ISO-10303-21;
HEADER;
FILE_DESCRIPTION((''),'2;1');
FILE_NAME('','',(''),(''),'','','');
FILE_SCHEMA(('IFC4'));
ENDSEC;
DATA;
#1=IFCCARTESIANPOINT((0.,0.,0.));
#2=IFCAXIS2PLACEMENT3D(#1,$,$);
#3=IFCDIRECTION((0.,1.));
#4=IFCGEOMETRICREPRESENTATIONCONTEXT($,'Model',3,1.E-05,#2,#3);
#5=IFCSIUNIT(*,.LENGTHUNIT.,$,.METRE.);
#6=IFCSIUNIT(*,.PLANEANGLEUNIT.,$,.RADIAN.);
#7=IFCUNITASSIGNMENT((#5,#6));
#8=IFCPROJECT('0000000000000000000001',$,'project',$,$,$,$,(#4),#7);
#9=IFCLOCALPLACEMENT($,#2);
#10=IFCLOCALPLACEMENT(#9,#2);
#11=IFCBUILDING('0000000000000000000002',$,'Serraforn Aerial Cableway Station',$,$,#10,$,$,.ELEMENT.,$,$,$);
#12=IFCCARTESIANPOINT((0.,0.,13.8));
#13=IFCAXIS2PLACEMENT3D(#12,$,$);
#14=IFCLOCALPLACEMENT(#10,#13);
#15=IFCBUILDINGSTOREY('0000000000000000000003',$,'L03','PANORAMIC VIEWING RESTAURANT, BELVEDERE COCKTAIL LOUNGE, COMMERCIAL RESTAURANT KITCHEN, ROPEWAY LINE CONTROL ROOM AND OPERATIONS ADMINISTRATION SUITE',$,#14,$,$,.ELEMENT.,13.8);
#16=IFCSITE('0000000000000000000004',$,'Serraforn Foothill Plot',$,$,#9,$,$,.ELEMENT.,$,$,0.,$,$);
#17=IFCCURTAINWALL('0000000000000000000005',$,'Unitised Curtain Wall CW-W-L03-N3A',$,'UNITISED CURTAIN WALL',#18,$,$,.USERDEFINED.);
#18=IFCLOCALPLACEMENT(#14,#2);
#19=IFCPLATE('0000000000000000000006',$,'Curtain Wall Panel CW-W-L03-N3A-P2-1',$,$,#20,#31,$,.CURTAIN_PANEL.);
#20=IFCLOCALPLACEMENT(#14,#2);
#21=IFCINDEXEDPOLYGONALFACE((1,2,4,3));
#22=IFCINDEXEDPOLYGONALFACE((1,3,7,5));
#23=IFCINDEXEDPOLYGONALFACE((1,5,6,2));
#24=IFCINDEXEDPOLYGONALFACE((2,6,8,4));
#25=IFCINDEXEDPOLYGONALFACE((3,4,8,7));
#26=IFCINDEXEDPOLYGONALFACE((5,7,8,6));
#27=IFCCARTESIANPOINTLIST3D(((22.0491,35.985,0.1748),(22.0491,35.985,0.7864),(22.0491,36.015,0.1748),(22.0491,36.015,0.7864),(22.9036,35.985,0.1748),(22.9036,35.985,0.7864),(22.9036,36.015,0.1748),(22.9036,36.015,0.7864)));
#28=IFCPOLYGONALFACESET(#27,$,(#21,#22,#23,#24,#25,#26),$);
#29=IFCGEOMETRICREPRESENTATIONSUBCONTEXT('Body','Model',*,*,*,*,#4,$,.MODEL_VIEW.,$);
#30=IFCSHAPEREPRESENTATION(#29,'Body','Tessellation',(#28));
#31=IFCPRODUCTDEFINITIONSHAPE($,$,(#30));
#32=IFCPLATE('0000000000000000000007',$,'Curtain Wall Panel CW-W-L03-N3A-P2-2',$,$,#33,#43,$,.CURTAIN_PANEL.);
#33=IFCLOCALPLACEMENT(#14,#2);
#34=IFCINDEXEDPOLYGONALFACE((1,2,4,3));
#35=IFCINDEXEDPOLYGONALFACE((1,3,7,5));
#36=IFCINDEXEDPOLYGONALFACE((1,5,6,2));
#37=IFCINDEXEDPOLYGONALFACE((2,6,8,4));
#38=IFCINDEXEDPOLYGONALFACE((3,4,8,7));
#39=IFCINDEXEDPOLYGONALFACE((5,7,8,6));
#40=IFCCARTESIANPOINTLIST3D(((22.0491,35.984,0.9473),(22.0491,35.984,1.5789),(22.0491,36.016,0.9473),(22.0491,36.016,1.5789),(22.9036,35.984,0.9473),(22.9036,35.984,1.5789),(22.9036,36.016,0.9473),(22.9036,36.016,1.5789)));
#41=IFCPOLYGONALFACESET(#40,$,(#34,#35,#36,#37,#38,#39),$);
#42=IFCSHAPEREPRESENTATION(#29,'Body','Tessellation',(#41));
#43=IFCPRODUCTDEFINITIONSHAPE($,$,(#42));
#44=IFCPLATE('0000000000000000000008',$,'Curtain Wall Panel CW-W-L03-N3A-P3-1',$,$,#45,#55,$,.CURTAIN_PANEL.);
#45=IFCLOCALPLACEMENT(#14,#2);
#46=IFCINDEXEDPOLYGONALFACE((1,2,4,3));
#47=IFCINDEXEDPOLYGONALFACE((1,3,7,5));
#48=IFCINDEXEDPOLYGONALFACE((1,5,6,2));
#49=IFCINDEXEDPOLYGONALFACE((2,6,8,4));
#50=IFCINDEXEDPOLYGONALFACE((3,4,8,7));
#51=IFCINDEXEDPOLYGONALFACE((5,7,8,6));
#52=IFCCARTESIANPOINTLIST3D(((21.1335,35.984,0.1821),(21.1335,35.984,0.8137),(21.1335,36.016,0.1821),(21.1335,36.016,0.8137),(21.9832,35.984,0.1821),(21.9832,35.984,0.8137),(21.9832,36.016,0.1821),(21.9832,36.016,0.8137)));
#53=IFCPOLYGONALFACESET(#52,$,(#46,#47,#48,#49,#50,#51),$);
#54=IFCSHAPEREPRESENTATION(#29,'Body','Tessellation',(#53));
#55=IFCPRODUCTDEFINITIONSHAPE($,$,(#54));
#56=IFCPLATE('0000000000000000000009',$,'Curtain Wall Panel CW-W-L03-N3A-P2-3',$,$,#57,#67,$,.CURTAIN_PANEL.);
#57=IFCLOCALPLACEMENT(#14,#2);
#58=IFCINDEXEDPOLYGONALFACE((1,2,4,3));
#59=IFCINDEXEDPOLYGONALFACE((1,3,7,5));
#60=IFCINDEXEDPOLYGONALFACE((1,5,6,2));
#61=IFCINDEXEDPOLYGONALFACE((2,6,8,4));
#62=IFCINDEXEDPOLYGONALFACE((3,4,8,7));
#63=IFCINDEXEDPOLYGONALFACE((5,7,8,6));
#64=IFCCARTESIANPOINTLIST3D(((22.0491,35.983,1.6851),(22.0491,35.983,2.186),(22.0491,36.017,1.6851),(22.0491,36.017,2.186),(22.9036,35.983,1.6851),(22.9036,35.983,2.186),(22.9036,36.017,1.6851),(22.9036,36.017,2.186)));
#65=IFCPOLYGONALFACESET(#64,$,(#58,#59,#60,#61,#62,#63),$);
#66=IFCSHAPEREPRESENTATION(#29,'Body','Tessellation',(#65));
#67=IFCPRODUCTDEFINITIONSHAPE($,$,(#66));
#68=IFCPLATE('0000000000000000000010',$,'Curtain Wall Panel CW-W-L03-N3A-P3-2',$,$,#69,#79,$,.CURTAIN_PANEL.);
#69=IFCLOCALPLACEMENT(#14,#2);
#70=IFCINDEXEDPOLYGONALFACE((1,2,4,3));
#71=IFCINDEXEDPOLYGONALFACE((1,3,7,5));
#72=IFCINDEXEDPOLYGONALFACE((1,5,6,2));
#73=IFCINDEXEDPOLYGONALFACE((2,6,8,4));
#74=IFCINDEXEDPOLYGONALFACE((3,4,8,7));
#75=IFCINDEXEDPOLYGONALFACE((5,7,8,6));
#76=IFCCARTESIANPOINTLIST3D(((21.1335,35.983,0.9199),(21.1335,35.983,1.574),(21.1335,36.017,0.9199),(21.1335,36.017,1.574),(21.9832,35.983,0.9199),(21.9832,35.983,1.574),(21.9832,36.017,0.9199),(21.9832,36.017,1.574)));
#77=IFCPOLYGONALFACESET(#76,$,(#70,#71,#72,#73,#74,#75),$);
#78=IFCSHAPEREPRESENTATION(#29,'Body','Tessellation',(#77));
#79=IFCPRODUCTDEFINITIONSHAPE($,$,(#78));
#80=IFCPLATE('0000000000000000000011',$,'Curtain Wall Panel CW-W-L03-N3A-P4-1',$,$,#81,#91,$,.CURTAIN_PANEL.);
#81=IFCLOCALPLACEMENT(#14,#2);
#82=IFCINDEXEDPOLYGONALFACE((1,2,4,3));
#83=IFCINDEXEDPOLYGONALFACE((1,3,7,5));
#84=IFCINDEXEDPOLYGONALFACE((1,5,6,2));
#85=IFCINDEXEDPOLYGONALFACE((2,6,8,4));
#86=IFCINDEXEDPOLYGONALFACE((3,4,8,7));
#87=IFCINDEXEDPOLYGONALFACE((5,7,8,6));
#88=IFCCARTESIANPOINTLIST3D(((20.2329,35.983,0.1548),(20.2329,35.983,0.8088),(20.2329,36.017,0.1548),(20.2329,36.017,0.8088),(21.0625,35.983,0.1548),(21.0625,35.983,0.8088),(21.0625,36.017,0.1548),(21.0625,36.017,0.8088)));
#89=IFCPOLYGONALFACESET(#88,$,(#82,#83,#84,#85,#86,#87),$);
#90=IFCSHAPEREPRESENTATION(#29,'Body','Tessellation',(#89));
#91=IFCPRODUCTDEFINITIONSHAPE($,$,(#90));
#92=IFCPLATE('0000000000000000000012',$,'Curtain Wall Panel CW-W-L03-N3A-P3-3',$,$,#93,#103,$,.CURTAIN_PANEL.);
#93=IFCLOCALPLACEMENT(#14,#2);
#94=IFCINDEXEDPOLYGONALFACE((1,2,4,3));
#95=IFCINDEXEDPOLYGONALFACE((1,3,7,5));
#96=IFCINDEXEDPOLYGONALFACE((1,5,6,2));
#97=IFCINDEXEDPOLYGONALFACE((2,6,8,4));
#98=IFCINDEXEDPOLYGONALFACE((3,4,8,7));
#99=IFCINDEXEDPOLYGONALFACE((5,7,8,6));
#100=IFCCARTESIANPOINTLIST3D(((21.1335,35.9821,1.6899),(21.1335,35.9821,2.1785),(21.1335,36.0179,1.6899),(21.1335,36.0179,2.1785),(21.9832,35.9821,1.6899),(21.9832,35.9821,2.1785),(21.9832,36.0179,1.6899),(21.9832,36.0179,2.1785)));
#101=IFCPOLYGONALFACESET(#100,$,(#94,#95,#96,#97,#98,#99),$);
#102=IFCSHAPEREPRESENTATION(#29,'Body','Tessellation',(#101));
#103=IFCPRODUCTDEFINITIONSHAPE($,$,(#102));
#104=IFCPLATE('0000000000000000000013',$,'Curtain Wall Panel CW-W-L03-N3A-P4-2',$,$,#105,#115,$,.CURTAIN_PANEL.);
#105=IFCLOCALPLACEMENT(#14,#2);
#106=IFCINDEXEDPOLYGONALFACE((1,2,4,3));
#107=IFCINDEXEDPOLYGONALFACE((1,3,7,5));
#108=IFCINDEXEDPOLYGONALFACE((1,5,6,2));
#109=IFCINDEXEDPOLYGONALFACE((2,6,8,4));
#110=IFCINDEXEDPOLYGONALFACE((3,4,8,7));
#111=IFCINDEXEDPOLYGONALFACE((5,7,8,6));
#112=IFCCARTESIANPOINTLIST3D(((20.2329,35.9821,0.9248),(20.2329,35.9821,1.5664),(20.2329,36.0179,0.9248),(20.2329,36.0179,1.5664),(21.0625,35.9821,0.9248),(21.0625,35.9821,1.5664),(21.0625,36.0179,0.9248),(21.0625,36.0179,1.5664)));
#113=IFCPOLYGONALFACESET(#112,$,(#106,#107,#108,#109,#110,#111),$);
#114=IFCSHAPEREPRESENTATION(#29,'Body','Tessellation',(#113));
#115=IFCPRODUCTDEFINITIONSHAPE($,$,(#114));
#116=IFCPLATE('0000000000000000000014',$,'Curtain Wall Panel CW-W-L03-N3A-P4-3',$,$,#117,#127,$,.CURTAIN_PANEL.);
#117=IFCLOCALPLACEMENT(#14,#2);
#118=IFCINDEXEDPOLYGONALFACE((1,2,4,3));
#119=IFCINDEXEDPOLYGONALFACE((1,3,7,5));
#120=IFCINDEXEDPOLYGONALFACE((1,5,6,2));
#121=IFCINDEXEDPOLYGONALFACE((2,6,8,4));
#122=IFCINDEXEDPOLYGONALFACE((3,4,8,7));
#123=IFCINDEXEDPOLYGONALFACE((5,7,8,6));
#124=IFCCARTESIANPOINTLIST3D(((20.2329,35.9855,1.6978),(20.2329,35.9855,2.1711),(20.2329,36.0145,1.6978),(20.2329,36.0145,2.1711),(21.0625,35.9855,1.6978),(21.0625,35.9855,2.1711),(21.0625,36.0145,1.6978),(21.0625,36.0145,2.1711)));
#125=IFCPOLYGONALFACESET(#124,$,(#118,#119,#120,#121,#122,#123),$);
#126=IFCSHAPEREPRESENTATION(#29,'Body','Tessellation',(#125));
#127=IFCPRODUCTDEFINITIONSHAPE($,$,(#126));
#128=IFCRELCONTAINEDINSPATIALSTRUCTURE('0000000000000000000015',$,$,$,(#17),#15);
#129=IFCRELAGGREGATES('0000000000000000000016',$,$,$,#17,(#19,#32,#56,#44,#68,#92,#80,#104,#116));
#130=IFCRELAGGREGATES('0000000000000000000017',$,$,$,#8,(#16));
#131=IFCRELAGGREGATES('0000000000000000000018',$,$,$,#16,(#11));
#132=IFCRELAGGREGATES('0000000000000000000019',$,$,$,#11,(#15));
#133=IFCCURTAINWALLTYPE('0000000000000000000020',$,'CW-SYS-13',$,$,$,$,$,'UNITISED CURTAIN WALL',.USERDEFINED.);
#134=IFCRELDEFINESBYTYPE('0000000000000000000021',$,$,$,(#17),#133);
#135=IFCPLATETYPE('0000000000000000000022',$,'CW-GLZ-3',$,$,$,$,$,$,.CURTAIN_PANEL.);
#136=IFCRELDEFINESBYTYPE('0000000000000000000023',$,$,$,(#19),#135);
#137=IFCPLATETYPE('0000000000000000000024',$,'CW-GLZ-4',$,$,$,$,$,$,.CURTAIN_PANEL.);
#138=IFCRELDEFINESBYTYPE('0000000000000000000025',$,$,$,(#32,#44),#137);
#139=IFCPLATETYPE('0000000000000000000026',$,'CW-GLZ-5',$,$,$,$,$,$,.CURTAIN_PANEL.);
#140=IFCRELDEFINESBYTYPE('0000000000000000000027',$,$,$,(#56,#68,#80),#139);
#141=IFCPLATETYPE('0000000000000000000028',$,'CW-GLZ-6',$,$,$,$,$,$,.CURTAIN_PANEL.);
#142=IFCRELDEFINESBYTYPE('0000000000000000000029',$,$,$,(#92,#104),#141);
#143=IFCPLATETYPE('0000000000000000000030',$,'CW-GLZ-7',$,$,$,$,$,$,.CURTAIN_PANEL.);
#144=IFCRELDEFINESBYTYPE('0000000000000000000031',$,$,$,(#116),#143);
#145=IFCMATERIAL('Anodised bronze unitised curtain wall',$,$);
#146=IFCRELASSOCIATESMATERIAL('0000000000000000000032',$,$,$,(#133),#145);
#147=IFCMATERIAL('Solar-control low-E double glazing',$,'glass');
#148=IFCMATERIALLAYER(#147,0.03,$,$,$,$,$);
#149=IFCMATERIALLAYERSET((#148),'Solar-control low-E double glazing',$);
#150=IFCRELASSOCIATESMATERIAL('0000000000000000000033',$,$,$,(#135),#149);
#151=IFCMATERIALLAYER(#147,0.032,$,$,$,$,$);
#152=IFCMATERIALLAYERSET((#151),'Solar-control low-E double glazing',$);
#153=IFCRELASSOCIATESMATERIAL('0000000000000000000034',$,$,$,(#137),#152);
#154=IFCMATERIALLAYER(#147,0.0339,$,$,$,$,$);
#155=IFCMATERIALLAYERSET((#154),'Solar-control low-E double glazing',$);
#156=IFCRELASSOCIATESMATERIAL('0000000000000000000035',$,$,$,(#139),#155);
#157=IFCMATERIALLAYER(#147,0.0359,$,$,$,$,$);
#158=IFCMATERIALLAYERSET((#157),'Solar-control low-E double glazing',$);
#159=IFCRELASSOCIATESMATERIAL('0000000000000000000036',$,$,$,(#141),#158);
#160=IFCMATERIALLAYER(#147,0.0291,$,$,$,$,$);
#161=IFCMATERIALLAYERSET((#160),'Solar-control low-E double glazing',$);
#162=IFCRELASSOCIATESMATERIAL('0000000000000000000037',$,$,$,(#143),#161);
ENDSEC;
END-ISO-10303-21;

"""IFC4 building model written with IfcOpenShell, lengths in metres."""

from ifc_helpers import new_model, si_unit, direction, frame, origin, origin_2d, place, context, subcontext, project, spatial, rectangle, extrude, material, layer, layer_set, type_object, element, aggregate, save


model = new_model("IFC4")

# Units and contexts
model_context = context("Model", 3, precision=1e-05, world=origin(), true_north=direction((0.0, 1.0)))
body_context = subcontext(model_context, "Body", "Model", "MODEL_VIEW")
ifc_project = project(units=[si_unit("LENGTHUNIT", "METRE"), si_unit("PLANEANGLEUNIT", "RADIAN")], contexts=[model_context])

# Site, building, storey
site_placement = place(None, origin())
site = spatial("IfcSite", under=ifc_project, at=site_placement, Name="Serraforn Foothill Plot", CompositionType="ELEMENT", RefElevation=0.0)
building_placement = place(site_placement, origin())
building = spatial("IfcBuilding", under=site, at=building_placement, Name="Serraforn Aerial Cableway Station", CompositionType="ELEMENT")
storey_placement = place(building_placement, frame((0.0, 0.0, 13.8)))
storey = spatial("IfcBuildingStorey", under=building, at=storey_placement, Name="L03", Description="PANORAMIC VIEWING RESTAURANT, BELVEDERE COCKTAIL LOUNGE, COMMERCIAL RESTAURANT KITCHEN, ROPEWAY LINE CONTROL ROOM AND OPERATIONS ADMINISTRATION SUITE", CompositionType="ELEMENT", Elevation=13.8)

# Curtain wall, plates
ifc_material_1 = material(Name="Anodised bronze unitised curtain wall")
curtain_wall_type = type_object("IfcCurtainWallType", Name="CW-SYS-13", ElementType="UNITISED CURTAIN WALL", PredefinedType="USERDEFINED", material=ifc_material_1)
curtain_wall_placement = place(storey_placement, origin())
curtain_wall = element("IfcCurtainWall", 1, at=curtain_wall_placement, inside=storey, type_object=curtain_wall_type, Name="Unitised Curtain Wall CW-W-L03-N3A", ObjectType="UNITISED CURTAIN WALL", PredefinedType="USERDEFINED")
ifc_material_2 = material(Name="Solar-control low-E double glazing", Category="glass")
ifc_layer_1 = layer(ifc_material_2, 0.03)
ifc_layer_set_1 = layer_set([ifc_layer_1], Name="Solar-control low-E double glazing")
plate_type_1 = type_object("IfcPlateType", Name="CW-GLZ-3", PredefinedType="CURTAIN_PANEL", material=ifc_layer_set_1)
plate_1_placement = place(storey_placement, frame((22.4763, 36.0, 0.1748), z_axis=(0.0, 0.0, 1.0), x_axis=(1.0, 0.0, 0.0)))
plate_1 = element("IfcPlate", 2, at=plate_1_placement, type_object=plate_type_1, Name="Curtain Wall Panel CW-W-L03-N3A-P2-1", PredefinedType="CURTAIN_PANEL", context=body_context, shape_type="SweptSolid", body=[
    extrude(rectangle(XDim=0.8545, YDim=0.03, at=origin_2d()), origin(), (0.0, 0.0, 1.0), 0.6116),
])
ifc_layer_2 = layer(ifc_material_2, 0.032)
ifc_layer_set_2 = layer_set([ifc_layer_2], Name="Solar-control low-E double glazing")
plate_type_2 = type_object("IfcPlateType", Name="CW-GLZ-4", PredefinedType="CURTAIN_PANEL", material=ifc_layer_set_2)
plate_2_placement = place(storey_placement, frame((22.4763, 36.0, 0.9473), z_axis=(0.0, 0.0, 1.0), x_axis=(1.0, 0.0, 0.0)))
plate_2 = element("IfcPlate", 3, at=plate_2_placement, type_object=plate_type_2, Name="Curtain Wall Panel CW-W-L03-N3A-P2-2", PredefinedType="CURTAIN_PANEL", context=body_context, shape_type="SweptSolid", body=[
    extrude(rectangle(XDim=0.8545, YDim=0.032, at=origin_2d()), origin(), (0.0, 0.0, 1.0), 0.6316),
])
plate_3_placement = place(storey_placement, frame((21.5583, 36.0, 0.1821), z_axis=(0.0, 0.0, 1.0), x_axis=(1.0, 0.0, 0.0)))
plate_3 = element("IfcPlate", 4, at=plate_3_placement, type_object=plate_type_2, Name="Curtain Wall Panel CW-W-L03-N3A-P3-1", PredefinedType="CURTAIN_PANEL", context=body_context, shape_type="SweptSolid", body=[
    extrude(rectangle(XDim=0.8496, YDim=0.032, at=origin_2d()), origin(), (0.0, 0.0, 1.0), 0.6316),
])
ifc_layer_3 = layer(ifc_material_2, 0.0339)
ifc_layer_set_3 = layer_set([ifc_layer_3], Name="Solar-control low-E double glazing")
plate_type_3 = type_object("IfcPlateType", Name="CW-GLZ-5", PredefinedType="CURTAIN_PANEL", material=ifc_layer_set_3)
plate_4_placement = place(storey_placement, frame((22.4763, 36.0, 1.6851), z_axis=(0.0, 0.0, 1.0), x_axis=(1.0, 0.0, 0.0)))
plate_4 = element("IfcPlate", 5, at=plate_4_placement, type_object=plate_type_3, Name="Curtain Wall Panel CW-W-L03-N3A-P2-3", PredefinedType="CURTAIN_PANEL", context=body_context, shape_type="SweptSolid", body=[
    extrude(rectangle(XDim=0.8545, YDim=0.0339, at=origin_2d()), origin(), (0.0, 0.0, 1.0), 0.501),
])
plate_5_placement = place(storey_placement, frame((21.5583, 36.0, 0.9199), z_axis=(0.0, 0.0, 1.0), x_axis=(1.0, 0.0, 0.0)))
plate_5 = element("IfcPlate", 6, at=plate_5_placement, type_object=plate_type_3, Name="Curtain Wall Panel CW-W-L03-N3A-P3-2", PredefinedType="CURTAIN_PANEL", context=body_context, shape_type="SweptSolid", body=[
    extrude(rectangle(XDim=0.8496, YDim=0.0339, at=origin_2d()), origin(), (0.0, 0.0, 1.0), 0.6541),
])
plate_6_placement = place(storey_placement, frame((20.6477, 36.0, 0.1548), z_axis=(0.0, 0.0, 1.0), x_axis=(1.0, 0.0, 0.0)))
plate_6 = element("IfcPlate", 7, at=plate_6_placement, type_object=plate_type_3, Name="Curtain Wall Panel CW-W-L03-N3A-P4-1", PredefinedType="CURTAIN_PANEL", context=body_context, shape_type="SweptSolid", body=[
    extrude(rectangle(XDim=0.8296, YDim=0.0339, at=origin_2d()), origin(), (0.0, 0.0, 1.0), 0.6541),
])
ifc_layer_4 = layer(ifc_material_2, 0.0359)
ifc_layer_set_4 = layer_set([ifc_layer_4], Name="Solar-control low-E double glazing")
plate_type_4 = type_object("IfcPlateType", Name="CW-GLZ-6", PredefinedType="CURTAIN_PANEL", material=ifc_layer_set_4)
plate_7_placement = place(storey_placement, frame((21.5583, 36.0, 1.6899), z_axis=(0.0, 0.0, 1.0), x_axis=(1.0, 0.0, 0.0)))
plate_7 = element("IfcPlate", 8, at=plate_7_placement, type_object=plate_type_4, Name="Curtain Wall Panel CW-W-L03-N3A-P3-3", PredefinedType="CURTAIN_PANEL", context=body_context, shape_type="SweptSolid", body=[
    extrude(rectangle(XDim=0.8496, YDim=0.0359, at=origin_2d()), origin(), (0.0, 0.0, 1.0), 0.4885),
])
plate_8_placement = place(storey_placement, frame((20.6477, 36.0, 0.9248), z_axis=(0.0, 0.0, 1.0), x_axis=(1.0, 0.0, 0.0)))
plate_8 = element("IfcPlate", 9, at=plate_8_placement, type_object=plate_type_4, Name="Curtain Wall Panel CW-W-L03-N3A-P4-2", PredefinedType="CURTAIN_PANEL", context=body_context, shape_type="SweptSolid", body=[
    extrude(rectangle(XDim=0.8296, YDim=0.0359, at=origin_2d()), origin(), (0.0, 0.0, 1.0), 0.6416),
])
ifc_layer_5 = layer(ifc_material_2, 0.0291)
ifc_layer_set_5 = layer_set([ifc_layer_5], Name="Solar-control low-E double glazing")
plate_type_5 = type_object("IfcPlateType", Name="CW-GLZ-7", PredefinedType="CURTAIN_PANEL", material=ifc_layer_set_5)
plate_9_placement = place(storey_placement, frame((20.6477, 36.0, 1.6978), z_axis=(0.0, 0.0, 1.0), x_axis=(1.0, 0.0, 0.0)))
plate_9 = element("IfcPlate", 10, at=plate_9_placement, type_object=plate_type_5, Name="Curtain Wall Panel CW-W-L03-N3A-P4-3", PredefinedType="CURTAIN_PANEL", context=body_context, shape_type="SweptSolid", body=[
    extrude(rectangle(XDim=0.8296, YDim=0.0291, at=origin_2d()), origin(), (0.0, 0.0, 1.0), 0.4734),
])
aggregate(curtain_wall, [plate_1, plate_2, plate_4, plate_3, plate_5, plate_7, plate_6, plate_8, plate_9])

save(model, "model.ifc")
